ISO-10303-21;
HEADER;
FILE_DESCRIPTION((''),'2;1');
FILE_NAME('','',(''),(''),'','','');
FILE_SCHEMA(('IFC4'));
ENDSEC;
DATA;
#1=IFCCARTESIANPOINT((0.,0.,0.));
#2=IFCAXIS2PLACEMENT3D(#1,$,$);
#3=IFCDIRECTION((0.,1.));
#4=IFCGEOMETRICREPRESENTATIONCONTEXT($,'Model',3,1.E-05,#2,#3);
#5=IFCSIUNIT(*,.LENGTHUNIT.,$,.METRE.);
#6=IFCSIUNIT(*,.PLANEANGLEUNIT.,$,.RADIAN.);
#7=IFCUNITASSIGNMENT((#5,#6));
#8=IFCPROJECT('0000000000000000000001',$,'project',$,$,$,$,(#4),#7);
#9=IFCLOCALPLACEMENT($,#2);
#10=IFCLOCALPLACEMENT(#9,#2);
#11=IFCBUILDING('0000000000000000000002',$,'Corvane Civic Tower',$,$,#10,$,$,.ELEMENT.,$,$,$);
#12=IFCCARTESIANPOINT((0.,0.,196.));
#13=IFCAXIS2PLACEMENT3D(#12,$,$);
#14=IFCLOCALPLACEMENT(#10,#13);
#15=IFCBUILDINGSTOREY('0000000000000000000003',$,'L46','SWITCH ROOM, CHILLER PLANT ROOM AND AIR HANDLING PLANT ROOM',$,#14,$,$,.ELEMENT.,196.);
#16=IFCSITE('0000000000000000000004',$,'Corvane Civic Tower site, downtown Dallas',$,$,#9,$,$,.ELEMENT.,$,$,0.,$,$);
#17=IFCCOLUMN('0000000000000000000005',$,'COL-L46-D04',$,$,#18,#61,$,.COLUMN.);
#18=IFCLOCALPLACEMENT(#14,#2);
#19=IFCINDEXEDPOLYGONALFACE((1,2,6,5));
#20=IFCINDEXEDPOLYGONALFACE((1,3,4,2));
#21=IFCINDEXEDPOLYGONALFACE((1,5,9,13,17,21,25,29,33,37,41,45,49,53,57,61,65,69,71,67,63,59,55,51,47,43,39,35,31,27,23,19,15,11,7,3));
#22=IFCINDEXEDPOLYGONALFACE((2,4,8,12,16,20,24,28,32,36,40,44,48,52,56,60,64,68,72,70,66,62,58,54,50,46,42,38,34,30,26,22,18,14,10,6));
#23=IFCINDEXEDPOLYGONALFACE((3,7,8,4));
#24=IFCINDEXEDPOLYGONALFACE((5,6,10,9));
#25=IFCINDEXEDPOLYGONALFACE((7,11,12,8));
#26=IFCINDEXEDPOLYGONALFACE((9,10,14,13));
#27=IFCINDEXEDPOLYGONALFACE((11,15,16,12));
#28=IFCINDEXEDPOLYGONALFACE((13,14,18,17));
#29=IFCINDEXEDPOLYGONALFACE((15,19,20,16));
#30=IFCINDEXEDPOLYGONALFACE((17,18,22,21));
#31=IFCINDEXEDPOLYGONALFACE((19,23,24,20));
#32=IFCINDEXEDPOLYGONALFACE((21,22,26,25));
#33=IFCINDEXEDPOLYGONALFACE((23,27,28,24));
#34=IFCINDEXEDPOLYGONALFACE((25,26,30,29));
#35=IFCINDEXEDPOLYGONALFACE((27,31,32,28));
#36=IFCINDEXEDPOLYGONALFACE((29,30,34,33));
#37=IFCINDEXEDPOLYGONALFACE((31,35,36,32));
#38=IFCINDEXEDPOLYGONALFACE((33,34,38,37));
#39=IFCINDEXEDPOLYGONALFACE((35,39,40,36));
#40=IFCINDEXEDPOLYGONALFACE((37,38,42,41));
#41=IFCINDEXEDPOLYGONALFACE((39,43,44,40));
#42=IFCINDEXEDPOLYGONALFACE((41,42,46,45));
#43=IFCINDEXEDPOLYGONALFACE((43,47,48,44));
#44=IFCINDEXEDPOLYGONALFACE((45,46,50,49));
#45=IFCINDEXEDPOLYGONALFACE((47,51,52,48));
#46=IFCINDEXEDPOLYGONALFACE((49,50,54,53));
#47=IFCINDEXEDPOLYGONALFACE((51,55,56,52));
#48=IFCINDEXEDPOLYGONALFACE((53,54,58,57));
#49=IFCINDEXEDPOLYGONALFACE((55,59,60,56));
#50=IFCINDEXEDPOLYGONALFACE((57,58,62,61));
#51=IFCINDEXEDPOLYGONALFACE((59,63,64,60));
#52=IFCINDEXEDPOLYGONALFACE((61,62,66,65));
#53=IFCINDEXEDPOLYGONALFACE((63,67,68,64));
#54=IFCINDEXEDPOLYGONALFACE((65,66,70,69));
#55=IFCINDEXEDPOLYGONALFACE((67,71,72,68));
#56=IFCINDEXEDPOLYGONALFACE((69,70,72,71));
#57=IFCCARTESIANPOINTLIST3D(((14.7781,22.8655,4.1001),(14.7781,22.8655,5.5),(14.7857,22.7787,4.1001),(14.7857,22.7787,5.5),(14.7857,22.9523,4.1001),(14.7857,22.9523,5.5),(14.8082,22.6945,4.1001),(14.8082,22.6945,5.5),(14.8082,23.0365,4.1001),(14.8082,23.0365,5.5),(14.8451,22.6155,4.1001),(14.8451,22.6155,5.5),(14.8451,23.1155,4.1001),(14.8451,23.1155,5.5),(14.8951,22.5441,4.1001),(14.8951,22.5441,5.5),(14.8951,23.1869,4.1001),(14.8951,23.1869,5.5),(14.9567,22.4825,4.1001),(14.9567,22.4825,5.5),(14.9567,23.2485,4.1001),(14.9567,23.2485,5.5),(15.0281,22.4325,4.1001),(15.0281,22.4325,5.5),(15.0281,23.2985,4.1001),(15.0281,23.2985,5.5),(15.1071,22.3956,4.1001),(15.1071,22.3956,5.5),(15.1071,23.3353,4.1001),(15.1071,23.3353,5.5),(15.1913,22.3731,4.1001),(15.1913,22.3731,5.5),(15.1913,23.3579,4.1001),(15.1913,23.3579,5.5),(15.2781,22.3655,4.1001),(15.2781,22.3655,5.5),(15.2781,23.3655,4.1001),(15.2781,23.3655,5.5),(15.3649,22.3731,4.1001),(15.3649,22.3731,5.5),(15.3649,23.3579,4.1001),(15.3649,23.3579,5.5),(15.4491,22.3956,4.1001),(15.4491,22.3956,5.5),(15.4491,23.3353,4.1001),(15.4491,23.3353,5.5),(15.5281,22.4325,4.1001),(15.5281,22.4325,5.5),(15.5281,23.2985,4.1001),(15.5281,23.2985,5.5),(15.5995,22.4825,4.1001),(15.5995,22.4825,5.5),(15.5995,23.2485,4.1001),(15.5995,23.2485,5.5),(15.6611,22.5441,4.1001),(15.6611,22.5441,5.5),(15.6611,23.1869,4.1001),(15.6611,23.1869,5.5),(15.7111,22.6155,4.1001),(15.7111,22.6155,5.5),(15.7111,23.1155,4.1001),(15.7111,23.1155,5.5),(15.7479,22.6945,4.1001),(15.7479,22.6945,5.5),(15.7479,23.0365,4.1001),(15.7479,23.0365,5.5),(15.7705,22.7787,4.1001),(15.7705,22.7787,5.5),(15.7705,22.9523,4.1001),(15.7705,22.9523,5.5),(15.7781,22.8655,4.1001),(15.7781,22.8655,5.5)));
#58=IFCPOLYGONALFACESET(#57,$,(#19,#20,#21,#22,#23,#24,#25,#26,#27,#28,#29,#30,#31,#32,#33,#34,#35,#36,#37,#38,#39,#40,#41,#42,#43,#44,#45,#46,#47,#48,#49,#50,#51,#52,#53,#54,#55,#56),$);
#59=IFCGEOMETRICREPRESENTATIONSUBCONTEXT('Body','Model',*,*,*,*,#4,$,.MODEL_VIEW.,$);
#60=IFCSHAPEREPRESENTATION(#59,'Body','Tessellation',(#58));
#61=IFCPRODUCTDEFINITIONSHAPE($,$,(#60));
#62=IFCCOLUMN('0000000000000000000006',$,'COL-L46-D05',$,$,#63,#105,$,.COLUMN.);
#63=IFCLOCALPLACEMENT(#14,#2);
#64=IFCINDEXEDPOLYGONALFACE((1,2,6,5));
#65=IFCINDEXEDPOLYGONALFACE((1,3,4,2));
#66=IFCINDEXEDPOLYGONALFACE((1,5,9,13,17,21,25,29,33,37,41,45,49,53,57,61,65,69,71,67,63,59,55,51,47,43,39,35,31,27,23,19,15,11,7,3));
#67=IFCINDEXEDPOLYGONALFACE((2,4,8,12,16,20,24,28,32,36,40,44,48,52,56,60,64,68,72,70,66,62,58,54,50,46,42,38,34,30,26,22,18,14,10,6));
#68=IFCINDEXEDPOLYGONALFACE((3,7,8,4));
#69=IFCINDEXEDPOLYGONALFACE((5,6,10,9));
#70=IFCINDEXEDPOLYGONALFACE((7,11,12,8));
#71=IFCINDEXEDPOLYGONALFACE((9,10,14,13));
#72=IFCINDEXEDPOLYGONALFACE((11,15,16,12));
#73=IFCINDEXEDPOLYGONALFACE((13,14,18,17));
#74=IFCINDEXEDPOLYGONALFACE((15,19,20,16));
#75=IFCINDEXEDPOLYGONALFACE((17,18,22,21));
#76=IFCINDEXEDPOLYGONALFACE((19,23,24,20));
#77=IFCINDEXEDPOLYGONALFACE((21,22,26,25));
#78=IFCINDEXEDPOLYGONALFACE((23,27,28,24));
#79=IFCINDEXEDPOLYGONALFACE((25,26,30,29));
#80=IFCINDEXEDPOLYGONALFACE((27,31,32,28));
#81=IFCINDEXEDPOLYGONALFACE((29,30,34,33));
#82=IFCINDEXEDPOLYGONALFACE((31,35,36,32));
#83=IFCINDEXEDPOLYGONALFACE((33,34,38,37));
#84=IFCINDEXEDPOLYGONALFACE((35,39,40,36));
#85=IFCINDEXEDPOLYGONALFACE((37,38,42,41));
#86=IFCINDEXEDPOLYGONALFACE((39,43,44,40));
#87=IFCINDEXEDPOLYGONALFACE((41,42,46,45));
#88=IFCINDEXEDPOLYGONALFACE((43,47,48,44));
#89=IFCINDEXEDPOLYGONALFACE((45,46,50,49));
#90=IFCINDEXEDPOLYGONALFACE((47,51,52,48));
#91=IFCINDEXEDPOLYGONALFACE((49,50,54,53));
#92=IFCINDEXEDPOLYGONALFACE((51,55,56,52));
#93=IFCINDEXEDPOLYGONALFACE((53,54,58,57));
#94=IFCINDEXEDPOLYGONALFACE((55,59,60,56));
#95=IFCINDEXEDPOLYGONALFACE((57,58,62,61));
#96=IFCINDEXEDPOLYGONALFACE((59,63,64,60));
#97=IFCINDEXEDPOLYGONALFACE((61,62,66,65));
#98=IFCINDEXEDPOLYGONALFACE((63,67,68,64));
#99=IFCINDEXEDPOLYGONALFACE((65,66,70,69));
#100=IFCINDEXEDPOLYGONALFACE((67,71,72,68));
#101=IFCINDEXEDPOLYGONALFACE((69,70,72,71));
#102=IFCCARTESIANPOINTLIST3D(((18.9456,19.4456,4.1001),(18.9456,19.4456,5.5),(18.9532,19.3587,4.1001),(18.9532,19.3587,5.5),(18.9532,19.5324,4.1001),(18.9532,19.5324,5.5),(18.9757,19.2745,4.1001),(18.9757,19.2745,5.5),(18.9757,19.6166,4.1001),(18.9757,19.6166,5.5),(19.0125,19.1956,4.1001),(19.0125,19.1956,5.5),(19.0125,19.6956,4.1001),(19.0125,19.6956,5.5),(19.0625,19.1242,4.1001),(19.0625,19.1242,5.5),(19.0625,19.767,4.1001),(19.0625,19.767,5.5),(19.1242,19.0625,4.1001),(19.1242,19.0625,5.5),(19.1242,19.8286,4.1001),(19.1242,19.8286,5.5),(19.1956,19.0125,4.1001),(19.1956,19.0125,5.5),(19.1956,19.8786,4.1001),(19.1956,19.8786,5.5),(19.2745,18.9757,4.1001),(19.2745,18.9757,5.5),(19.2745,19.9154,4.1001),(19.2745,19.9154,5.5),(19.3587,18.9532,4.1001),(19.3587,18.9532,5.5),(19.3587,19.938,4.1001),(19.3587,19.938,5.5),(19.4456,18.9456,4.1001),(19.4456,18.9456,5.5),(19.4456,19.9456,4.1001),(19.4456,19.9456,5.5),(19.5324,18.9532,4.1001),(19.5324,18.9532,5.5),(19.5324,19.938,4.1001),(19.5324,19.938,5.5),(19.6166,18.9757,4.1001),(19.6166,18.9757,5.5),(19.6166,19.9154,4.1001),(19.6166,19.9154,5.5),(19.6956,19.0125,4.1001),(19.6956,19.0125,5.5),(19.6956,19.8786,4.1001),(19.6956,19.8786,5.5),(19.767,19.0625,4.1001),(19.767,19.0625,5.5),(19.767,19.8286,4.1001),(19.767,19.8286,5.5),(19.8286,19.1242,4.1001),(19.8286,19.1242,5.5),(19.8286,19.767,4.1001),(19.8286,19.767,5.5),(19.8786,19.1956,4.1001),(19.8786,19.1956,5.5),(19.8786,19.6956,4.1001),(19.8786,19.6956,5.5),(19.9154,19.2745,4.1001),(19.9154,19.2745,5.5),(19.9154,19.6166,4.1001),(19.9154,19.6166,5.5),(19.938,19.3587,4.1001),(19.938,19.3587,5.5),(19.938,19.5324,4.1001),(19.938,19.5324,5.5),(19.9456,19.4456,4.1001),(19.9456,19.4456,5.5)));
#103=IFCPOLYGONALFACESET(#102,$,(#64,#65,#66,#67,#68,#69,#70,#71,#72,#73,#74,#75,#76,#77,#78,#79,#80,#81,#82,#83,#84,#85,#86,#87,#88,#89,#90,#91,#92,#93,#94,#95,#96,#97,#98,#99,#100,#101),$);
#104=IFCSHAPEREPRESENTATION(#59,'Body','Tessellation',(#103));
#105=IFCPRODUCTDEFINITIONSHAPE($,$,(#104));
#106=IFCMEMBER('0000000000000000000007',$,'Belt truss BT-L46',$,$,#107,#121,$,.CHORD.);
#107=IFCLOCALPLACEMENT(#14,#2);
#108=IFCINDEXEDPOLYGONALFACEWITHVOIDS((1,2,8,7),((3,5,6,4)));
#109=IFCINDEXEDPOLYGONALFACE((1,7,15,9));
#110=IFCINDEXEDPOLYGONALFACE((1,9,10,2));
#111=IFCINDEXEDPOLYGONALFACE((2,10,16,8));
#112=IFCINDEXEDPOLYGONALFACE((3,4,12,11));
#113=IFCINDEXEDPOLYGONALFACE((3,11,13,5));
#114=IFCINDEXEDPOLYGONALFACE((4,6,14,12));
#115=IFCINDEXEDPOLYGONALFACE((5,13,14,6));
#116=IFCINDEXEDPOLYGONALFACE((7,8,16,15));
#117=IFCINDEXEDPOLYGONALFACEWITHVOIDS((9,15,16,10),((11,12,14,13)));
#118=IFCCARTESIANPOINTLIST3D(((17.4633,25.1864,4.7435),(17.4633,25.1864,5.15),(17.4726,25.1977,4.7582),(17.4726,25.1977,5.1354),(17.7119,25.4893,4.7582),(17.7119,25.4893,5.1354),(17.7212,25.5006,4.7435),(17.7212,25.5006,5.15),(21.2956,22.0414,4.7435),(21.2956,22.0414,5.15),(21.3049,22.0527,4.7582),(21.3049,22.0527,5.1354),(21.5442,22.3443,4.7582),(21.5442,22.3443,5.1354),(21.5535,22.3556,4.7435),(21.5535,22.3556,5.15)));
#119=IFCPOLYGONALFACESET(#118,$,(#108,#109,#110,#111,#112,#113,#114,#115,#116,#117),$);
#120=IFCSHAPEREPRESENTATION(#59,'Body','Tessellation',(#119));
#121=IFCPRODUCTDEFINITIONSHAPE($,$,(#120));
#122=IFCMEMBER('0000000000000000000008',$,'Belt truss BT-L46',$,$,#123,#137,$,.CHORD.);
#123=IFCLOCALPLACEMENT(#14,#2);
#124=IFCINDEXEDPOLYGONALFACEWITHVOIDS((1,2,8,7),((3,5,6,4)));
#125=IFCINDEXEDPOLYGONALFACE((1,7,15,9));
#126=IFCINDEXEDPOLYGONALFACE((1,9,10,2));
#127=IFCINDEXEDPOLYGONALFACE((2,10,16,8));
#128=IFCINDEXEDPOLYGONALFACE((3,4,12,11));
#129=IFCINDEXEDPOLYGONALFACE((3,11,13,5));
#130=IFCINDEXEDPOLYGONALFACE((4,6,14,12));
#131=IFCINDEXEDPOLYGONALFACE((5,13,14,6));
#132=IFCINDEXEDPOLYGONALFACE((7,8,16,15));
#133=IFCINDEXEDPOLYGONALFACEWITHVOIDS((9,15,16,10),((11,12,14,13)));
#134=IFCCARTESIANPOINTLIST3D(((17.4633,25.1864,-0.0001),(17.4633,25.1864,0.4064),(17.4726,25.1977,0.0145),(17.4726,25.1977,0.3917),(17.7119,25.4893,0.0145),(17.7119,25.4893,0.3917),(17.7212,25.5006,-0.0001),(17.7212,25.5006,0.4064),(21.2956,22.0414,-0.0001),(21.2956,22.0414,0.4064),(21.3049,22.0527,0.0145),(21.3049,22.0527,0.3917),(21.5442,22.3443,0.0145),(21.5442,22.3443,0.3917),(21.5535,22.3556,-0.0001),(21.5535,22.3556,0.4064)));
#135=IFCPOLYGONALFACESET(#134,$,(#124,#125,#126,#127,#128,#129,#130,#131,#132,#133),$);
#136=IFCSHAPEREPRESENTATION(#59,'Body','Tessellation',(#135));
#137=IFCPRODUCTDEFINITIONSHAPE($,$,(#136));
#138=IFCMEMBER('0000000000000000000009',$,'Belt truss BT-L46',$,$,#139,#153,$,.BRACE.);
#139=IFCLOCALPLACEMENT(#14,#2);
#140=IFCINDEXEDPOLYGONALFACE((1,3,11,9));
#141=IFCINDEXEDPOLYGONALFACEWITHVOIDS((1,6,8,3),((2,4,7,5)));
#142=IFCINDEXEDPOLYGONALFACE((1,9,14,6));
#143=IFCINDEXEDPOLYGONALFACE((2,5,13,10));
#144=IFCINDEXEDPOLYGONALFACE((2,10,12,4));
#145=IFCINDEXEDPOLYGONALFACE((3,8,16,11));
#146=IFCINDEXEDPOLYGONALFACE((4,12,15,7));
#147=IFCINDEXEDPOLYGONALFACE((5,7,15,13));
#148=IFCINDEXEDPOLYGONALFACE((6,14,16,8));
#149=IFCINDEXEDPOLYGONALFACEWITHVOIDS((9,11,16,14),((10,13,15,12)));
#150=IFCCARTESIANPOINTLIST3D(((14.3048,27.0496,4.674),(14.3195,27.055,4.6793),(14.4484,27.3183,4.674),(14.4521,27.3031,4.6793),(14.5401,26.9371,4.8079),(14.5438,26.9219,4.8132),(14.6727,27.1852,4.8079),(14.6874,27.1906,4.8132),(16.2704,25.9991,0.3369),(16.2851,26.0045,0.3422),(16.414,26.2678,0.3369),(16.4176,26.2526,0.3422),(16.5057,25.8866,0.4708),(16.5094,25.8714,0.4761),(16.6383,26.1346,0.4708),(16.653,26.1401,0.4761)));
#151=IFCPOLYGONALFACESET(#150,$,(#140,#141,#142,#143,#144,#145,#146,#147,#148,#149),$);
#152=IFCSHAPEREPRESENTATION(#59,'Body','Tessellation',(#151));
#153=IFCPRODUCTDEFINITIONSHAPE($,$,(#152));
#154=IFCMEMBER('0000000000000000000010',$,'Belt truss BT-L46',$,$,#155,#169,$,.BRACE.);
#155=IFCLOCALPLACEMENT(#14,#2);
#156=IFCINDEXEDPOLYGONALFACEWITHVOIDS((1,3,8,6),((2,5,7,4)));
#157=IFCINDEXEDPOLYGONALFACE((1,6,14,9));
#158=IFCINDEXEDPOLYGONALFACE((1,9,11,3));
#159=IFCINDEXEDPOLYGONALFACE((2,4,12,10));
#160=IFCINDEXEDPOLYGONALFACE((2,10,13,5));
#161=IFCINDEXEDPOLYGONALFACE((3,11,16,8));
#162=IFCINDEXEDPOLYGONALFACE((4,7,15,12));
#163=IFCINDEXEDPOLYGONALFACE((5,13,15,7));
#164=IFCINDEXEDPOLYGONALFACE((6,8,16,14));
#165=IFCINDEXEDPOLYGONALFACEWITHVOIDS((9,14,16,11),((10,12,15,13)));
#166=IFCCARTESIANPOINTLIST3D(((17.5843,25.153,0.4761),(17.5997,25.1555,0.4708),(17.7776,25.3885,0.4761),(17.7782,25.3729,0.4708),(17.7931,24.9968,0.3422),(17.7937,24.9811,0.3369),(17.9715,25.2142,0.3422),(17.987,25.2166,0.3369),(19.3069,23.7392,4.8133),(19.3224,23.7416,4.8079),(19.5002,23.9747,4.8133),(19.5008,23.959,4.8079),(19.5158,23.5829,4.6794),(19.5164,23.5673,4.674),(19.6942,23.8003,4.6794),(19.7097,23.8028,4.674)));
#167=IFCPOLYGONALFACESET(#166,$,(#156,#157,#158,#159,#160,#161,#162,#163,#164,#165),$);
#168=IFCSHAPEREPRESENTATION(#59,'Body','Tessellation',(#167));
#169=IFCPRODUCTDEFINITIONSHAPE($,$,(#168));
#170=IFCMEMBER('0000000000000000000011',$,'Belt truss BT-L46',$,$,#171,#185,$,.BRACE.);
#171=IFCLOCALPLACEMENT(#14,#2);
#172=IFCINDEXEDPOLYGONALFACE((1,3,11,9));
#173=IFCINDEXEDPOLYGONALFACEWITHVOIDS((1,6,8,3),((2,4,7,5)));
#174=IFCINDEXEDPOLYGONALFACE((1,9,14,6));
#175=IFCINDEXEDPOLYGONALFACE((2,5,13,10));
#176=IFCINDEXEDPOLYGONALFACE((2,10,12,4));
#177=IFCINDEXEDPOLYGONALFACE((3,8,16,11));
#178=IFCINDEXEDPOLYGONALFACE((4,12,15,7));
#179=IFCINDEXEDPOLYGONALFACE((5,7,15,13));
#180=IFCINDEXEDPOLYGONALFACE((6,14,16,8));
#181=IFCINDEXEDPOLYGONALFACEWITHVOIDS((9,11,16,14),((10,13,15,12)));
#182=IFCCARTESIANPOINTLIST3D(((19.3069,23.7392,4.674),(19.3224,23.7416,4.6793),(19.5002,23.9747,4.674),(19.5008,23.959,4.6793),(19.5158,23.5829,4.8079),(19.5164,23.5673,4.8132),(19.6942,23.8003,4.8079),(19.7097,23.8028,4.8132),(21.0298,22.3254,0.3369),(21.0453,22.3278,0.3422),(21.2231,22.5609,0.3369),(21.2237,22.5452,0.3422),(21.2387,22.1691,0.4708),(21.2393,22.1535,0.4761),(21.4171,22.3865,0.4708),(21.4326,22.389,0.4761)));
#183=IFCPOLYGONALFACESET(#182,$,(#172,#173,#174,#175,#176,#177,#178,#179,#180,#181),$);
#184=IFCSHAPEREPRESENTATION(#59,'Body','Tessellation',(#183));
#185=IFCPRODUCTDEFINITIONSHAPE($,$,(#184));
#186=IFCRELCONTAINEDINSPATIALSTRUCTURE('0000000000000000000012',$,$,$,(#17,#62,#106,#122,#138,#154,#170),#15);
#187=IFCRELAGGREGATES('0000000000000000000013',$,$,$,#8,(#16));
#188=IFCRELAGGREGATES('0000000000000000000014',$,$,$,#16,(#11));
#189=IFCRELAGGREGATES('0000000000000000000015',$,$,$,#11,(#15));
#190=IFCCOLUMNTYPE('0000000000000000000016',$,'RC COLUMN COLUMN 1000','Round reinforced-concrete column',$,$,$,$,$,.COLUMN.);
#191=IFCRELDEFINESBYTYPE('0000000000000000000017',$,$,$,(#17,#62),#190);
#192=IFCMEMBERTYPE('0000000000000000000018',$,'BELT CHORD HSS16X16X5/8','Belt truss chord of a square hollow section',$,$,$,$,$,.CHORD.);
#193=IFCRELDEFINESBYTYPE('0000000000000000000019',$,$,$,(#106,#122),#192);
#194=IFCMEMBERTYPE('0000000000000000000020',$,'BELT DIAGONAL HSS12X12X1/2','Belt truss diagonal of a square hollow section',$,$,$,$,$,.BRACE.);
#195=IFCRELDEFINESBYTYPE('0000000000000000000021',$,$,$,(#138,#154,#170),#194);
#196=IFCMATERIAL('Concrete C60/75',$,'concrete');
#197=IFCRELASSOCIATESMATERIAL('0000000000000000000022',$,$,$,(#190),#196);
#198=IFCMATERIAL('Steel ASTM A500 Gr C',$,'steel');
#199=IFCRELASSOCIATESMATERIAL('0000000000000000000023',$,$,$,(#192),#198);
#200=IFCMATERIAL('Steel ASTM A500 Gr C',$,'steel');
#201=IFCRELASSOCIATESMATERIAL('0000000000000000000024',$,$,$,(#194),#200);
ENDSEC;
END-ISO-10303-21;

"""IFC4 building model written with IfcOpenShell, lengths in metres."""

from ifc_helpers import new_model, si_unit, direction, frame, origin, origin_2d, place, context, subcontext, project, spatial, hollow_rectangle, circle, extrude, material, material_profile, profile_set, type_object, element, save


model = new_model("IFC4")

# Units and contexts
model_context = context("Model", 3, precision=1e-05, world=origin(), true_north=direction((0.0, 1.0)))
body_context = subcontext(model_context, "Body", "Model", "MODEL_VIEW")
ifc_project = project(units=[si_unit("LENGTHUNIT", "METRE"), si_unit("PLANEANGLEUNIT", "RADIAN")], contexts=[model_context])

# Site, building, storey
site_placement = place(None, origin())
site = spatial("IfcSite", under=ifc_project, at=site_placement, Name="Corvane Civic Tower site, downtown Dallas", CompositionType="ELEMENT", RefElevation=0.0)
building_placement = place(site_placement, origin())
building = spatial("IfcBuilding", under=site, at=building_placement, Name="Corvane Civic Tower", CompositionType="ELEMENT")
storey_placement = place(building_placement, frame((0.0, 0.0, 196.0)))
storey = spatial("IfcBuildingStorey", under=building, at=storey_placement, Name="L46", Description="SWITCH ROOM, CHILLER PLANT ROOM AND AIR HANDLING PLANT ROOM", CompositionType="ELEMENT", Elevation=196.0)

# Columns
ifc_material_1 = material(Name="Concrete C60/75", Category="concrete")
ifc_material_profile_1 = material_profile(ifc_material_1, circle(Radius=0.5, at=origin_2d()), Name="COLUMN 1000")
ifc_profile_set_1 = profile_set([ifc_material_profile_1], Name="Concrete C60/75")
column_type_1 = type_object("IfcColumnType", Name="RC COLUMN COLUMN 1000", Description="Round reinforced-concrete column", PredefinedType="COLUMN", material=ifc_profile_set_1)
for number, where, z_axis, x_axis, name in (
    (1, (15.2781, 22.8655, 4.1001), (0.0, 0.0, 1.0), (1.0, 0.0, 0.0), "COL-L46-D04"),
    (2, (19.4456, 19.4456, 4.1001), (0.0, 0.0, 1.0), (1.0, 0.0, 0.0), "COL-L46-D05"),
):
    element("IfcColumn", number, at=place(storey_placement, frame(where, z_axis=z_axis, x_axis=x_axis)), inside=storey, type_object=column_type_1, Name=name, PredefinedType="COLUMN", context=body_context, shape_type="SweptSolid", body=[
        extrude(circle(Radius=0.5, at=origin_2d()), origin(), (0.0, 0.0, 1.0), 1.3999),
    ])

# Members
ifc_material_2 = material(Name="Steel ASTM A500 Gr C", Category="steel")
ifc_material_profile_2 = material_profile(ifc_material_2, hollow_rectangle(XDim=0.4065, YDim=0.4065, WallThickness=0.0146, at=origin_2d()), Name="HSS16X16X5/8")
ifc_profile_set_2 = profile_set([ifc_material_profile_2], Name="Steel ASTM A500 Gr C")
member_type_1 = type_object("IfcMemberType", Name="BELT CHORD HSS16X16X5/8", Description="Belt truss chord of a square hollow section", PredefinedType="CHORD", material=ifc_profile_set_2)
for number, where, z_axis, x_axis, name in (
    (3, (17.5923, 25.3435, 4.9468), (0.773015, -0.634388, 0.0), (0.634388, 0.773015, 0.0), "Belt truss BT-L46"),
    (4, (17.5923, 25.3435, 0.2031), (0.773015, -0.634388, 0.0), (0.634388, 0.773015, 0.0), "Belt truss BT-L46"),
):
    element("IfcMember", number, at=place(storey_placement, frame(where, z_axis=z_axis, x_axis=x_axis)), inside=storey, type_object=member_type_1, Name=name, PredefinedType="CHORD", context=body_context, shape_type="SweptSolid", body=[
        extrude(hollow_rectangle(XDim=0.4065, YDim=0.4065, WallThickness=0.0146, at=origin_2d()), origin(), (0.0, 0.0, 1.0), 4.9575),
    ])
ifc_material_3 = material(Name="Steel ASTM A500 Gr C", Category="steel")
ifc_material_profile_3 = material_profile(ifc_material_3, hollow_rectangle(XDim=0.3047, YDim=0.3047, WallThickness=0.0117, at=origin_2d()), Name="HSS12X12X1/2")
ifc_profile_set_3 = profile_set([ifc_material_profile_3], Name="Steel ASTM A500 Gr C")
member_type_2 = type_object("IfcMemberType", Name="BELT DIAGONAL HSS12X12X1/2", Description="Belt truss diagonal of a square hollow section", PredefinedType="BRACE", material=ifc_profile_set_3)
for number, where, z_axis, x_axis, name in (
    (5, (16.4617, 26.0696, 0.4065), (-0.40309, 0.215438, 0.889441), (-0.471367, -0.881937, 0.0), "Belt truss BT-L46"),
    (6, (17.7856, 25.1848, 0.4065), (0.353278, -0.289942, 0.889454), (0.634412, 0.772995, 0.0), "Belt truss BT-L46"),
    (7, (21.2312, 22.3572, 0.4065), (-0.353322, 0.289937, 0.889438), (-0.634359, -0.773039, 0.0), "Belt truss BT-L46"),
):
    element("IfcMember", number, at=place(storey_placement, frame(where, z_axis=z_axis, x_axis=x_axis)), inside=storey, type_object=member_type_2, Name=name, PredefinedType="BRACE", context=body_context, shape_type="SweptSolid", body=[
        extrude(hollow_rectangle(XDim=0.3047, YDim=0.3047, WallThickness=0.0117, at=origin_2d()), origin(), (0.0, 0.0, 1.0), 4.8762),
    ])

save(model, "model.ifc")
